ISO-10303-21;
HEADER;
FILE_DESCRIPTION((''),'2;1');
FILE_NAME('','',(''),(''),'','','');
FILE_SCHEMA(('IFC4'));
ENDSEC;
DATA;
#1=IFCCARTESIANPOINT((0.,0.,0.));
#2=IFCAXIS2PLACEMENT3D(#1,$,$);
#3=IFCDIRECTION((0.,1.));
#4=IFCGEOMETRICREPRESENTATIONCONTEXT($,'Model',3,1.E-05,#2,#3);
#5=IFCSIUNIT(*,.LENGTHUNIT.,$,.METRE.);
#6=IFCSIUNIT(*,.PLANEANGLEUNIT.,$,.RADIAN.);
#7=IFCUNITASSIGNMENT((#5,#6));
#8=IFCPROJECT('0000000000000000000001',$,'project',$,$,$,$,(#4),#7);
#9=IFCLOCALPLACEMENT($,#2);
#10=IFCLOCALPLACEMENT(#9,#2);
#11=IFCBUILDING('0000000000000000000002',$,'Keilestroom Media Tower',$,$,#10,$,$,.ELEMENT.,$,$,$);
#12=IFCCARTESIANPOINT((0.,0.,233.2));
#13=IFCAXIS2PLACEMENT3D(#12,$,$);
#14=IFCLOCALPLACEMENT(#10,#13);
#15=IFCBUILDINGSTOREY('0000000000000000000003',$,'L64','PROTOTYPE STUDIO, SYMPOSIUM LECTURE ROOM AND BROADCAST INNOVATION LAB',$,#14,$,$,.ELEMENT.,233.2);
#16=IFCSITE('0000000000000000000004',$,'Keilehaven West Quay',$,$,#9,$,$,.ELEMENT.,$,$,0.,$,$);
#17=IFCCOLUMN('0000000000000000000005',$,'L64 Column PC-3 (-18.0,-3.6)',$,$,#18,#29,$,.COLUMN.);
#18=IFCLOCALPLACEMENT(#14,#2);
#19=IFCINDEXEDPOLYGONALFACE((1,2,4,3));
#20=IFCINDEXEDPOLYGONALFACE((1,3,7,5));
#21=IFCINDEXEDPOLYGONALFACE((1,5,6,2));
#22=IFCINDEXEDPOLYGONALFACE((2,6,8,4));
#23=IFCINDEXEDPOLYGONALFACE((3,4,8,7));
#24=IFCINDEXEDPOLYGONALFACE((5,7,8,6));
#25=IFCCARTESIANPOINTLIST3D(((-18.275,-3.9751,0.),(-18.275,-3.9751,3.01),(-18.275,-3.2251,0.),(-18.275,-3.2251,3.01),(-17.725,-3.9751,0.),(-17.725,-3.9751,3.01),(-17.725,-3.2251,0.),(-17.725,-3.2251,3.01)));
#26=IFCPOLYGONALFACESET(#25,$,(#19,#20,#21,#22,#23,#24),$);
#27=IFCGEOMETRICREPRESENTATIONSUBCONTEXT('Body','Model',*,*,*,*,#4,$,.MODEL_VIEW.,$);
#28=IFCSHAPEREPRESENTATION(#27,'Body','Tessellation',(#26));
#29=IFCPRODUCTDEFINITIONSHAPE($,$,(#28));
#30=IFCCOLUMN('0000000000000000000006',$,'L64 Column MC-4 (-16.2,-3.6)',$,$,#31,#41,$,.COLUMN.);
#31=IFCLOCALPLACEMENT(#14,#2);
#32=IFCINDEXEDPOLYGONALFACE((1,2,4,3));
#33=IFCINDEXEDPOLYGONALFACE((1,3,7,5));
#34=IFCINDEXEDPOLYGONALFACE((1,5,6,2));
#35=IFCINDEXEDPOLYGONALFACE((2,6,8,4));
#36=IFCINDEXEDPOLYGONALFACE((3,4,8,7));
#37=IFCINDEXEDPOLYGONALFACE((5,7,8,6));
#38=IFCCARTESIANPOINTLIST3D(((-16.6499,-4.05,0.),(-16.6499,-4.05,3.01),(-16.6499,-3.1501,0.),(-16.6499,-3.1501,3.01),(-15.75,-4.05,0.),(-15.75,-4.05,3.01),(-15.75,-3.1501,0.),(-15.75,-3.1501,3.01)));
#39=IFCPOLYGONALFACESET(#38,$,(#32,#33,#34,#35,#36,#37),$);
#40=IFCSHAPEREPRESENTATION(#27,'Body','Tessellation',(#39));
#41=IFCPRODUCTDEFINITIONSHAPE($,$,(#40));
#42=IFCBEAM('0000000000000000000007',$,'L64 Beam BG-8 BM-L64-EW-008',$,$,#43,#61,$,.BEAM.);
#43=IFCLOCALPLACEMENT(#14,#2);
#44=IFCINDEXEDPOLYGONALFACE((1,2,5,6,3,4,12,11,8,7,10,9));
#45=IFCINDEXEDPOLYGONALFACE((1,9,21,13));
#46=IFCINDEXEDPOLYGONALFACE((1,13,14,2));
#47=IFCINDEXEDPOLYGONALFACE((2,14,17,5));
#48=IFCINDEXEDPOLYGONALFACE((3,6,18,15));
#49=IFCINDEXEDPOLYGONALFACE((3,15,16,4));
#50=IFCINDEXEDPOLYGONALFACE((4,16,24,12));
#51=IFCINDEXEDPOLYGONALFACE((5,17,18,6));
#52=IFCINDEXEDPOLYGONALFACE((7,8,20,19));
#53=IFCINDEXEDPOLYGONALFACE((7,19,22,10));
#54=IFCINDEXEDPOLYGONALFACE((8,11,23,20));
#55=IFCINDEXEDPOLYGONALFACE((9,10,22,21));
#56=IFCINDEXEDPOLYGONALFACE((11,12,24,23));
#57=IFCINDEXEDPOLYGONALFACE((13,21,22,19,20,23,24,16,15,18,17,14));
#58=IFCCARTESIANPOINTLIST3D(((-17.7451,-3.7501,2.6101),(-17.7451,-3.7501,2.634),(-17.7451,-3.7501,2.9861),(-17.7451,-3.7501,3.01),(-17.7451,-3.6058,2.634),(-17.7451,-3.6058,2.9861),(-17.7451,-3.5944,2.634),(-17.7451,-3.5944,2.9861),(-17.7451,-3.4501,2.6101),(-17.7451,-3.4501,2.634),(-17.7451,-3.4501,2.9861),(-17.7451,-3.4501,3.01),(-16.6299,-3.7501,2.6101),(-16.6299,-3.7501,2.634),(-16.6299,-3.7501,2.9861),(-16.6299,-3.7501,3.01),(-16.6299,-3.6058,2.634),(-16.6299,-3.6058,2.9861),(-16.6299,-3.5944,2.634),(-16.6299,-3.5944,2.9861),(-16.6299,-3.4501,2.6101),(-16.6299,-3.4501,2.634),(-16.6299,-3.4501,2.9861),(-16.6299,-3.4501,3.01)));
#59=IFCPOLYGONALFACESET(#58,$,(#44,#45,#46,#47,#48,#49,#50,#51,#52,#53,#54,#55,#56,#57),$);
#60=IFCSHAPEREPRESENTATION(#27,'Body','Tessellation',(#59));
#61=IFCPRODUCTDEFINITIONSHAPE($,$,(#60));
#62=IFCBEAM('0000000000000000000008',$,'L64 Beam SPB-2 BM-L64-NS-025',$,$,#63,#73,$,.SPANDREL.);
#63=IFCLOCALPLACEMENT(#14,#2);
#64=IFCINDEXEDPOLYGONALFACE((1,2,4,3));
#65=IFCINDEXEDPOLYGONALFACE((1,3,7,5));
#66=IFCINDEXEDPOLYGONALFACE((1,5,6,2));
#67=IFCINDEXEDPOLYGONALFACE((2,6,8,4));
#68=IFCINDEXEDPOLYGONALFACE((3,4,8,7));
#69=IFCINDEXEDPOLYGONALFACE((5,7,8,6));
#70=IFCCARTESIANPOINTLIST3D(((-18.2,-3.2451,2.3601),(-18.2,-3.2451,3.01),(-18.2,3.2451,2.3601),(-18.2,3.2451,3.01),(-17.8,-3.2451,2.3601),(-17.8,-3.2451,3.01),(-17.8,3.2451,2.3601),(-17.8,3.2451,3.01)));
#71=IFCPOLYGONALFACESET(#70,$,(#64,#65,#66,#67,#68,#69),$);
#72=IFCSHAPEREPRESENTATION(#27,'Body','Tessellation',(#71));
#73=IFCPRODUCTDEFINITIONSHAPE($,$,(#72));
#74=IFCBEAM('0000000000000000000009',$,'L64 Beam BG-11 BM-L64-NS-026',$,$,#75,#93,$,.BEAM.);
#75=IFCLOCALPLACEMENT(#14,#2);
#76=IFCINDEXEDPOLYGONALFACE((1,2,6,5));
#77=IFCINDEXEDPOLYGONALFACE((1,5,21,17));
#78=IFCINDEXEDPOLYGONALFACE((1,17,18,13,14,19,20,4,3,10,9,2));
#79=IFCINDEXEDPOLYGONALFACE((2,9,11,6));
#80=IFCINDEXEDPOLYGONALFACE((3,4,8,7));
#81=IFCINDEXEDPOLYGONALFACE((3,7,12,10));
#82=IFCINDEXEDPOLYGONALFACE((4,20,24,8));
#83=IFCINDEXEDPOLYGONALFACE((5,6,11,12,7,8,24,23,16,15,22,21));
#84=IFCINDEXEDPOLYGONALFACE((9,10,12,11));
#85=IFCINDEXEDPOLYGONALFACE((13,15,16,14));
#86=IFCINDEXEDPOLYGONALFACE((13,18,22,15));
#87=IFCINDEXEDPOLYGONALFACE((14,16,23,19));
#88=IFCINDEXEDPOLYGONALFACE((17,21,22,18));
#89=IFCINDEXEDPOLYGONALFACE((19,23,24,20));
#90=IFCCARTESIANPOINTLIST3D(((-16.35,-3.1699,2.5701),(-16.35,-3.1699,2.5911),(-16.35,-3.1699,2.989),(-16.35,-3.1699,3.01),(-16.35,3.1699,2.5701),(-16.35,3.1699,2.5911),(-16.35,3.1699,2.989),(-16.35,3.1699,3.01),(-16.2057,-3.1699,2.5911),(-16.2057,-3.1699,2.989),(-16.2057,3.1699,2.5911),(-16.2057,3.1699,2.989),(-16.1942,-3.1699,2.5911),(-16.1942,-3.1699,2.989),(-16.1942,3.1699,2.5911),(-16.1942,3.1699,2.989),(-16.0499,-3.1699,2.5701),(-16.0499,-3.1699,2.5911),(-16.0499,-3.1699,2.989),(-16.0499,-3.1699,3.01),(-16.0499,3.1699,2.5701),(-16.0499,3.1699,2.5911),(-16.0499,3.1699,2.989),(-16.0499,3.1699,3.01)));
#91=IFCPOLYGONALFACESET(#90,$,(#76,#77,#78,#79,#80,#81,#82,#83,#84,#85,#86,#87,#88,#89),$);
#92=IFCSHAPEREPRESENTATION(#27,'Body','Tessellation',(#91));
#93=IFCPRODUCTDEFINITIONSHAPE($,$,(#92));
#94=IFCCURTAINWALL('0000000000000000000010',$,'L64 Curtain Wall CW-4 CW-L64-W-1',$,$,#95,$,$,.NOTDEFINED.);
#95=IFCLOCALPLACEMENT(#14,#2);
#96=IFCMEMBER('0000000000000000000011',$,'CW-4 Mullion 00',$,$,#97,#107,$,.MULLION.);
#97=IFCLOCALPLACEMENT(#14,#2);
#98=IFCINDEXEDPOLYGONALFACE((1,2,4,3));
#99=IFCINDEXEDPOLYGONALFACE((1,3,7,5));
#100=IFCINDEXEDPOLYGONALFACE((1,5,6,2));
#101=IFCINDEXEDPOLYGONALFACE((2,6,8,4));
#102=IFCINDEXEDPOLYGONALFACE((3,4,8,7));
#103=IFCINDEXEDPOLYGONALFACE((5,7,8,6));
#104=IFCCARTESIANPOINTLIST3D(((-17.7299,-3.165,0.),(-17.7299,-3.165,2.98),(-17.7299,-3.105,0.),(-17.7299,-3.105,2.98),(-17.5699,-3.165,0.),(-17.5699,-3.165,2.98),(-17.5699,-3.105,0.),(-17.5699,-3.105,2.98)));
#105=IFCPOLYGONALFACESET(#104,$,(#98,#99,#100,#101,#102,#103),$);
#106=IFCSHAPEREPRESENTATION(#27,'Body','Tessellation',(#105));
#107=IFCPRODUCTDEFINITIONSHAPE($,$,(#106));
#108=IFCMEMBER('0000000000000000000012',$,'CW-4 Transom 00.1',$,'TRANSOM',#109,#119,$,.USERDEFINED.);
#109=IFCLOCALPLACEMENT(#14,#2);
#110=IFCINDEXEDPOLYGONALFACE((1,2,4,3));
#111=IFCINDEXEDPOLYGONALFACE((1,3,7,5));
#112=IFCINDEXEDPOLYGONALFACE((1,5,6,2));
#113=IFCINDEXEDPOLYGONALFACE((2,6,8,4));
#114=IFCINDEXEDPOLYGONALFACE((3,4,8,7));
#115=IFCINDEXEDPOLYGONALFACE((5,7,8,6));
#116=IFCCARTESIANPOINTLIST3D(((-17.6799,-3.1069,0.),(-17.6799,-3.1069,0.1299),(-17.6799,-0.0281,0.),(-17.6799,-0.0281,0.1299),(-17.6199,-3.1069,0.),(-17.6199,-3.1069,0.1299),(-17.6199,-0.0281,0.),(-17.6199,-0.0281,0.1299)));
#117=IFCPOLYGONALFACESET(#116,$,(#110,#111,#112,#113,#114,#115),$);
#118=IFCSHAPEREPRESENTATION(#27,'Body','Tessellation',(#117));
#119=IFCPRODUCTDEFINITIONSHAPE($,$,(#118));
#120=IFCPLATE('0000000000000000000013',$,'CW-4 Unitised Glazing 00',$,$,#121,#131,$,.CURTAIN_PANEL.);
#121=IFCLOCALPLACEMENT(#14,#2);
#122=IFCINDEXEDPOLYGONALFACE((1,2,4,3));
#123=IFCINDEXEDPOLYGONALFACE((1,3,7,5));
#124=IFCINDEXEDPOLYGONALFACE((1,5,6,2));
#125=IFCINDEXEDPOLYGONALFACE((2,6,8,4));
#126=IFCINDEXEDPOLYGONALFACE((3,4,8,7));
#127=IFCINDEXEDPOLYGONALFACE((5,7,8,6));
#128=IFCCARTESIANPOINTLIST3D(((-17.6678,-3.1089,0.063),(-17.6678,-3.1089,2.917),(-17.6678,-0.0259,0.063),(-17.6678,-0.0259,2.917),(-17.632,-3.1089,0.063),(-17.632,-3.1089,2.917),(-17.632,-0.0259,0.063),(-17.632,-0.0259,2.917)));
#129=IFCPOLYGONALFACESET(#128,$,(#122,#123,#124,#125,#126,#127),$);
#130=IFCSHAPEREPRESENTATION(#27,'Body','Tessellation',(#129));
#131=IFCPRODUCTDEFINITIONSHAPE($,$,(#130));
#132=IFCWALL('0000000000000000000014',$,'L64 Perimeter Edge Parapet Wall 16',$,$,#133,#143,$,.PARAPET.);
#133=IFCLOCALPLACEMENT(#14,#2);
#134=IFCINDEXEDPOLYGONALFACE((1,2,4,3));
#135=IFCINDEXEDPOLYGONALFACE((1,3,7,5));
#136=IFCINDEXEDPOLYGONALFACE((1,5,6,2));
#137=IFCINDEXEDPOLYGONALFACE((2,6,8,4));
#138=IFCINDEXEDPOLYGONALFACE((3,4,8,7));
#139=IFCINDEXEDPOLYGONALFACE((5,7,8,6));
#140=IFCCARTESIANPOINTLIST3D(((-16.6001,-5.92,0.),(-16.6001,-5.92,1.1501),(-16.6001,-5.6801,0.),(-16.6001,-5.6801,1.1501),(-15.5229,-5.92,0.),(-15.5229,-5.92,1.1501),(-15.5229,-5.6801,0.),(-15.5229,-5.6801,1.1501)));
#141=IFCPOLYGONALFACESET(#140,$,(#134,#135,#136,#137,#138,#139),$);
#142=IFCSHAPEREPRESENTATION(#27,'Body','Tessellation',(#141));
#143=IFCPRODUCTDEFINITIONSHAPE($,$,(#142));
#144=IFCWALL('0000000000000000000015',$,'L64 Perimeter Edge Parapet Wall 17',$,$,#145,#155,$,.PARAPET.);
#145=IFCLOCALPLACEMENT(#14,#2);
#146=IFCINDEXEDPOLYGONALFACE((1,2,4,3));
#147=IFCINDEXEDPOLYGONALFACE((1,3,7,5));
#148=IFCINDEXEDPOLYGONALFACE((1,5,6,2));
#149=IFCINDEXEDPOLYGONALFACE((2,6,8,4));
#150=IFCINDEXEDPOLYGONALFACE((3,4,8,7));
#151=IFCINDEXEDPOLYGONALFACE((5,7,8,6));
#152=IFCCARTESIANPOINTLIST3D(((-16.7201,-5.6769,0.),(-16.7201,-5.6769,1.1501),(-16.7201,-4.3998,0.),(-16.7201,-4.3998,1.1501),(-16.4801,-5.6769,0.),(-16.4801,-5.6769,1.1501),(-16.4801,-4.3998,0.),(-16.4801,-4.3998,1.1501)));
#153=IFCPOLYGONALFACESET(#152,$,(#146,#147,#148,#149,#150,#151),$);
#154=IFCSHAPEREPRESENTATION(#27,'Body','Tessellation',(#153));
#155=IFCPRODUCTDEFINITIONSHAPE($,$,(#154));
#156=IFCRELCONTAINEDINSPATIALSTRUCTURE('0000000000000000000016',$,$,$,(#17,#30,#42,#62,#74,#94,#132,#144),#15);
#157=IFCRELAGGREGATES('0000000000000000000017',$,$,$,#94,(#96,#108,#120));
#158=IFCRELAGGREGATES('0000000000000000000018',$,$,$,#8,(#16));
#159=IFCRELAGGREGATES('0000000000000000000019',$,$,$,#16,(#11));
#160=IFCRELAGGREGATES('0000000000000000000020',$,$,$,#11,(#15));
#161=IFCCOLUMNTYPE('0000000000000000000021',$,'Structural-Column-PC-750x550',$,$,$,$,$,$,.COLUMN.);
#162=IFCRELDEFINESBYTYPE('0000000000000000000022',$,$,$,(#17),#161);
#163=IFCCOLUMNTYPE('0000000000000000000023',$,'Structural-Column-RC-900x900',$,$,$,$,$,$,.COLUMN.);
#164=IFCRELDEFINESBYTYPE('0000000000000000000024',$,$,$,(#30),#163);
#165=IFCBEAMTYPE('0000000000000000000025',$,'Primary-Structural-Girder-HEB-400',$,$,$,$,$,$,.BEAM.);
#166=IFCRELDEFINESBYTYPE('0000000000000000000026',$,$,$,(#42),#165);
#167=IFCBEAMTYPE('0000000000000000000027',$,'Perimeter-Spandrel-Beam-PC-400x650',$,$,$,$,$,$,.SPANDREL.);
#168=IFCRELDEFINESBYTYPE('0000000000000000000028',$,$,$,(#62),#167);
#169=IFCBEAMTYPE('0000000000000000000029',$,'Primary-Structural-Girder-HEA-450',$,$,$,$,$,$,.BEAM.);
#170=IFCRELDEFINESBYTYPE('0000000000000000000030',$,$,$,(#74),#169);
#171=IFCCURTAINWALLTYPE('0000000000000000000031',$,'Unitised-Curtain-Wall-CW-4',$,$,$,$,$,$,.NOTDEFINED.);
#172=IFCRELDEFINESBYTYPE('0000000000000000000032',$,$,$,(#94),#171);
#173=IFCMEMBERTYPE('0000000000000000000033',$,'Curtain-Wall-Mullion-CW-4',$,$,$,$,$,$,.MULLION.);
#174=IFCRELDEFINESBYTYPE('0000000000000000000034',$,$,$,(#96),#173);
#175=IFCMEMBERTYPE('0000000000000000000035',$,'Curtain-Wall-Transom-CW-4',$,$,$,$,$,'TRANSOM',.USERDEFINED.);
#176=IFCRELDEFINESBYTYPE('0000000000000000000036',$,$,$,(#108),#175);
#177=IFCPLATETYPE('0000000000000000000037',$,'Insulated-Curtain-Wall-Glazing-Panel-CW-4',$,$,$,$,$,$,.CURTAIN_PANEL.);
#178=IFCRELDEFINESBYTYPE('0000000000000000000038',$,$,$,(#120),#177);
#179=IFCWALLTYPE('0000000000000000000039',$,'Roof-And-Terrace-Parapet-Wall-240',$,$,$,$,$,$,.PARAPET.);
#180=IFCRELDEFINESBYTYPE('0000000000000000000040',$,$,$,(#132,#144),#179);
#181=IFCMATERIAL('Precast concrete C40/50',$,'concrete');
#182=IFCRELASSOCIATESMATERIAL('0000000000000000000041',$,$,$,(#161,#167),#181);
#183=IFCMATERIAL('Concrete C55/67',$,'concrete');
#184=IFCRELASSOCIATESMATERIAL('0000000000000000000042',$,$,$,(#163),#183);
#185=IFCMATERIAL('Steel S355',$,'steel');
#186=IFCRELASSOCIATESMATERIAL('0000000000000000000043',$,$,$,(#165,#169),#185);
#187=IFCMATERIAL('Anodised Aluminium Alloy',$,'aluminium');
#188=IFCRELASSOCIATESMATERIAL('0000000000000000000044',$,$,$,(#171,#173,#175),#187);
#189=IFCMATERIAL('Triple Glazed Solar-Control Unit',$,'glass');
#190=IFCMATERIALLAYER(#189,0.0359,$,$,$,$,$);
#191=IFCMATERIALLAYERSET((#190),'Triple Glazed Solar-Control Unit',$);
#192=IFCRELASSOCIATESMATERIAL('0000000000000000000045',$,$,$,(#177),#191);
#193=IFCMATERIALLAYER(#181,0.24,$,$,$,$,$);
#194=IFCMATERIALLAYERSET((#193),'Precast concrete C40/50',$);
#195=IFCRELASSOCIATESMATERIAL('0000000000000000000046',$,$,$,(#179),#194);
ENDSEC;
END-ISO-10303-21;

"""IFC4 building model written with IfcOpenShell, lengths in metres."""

from ifc_helpers import new_model, si_unit, direction, frame, frame_2d, origin, origin_2d, place, context, subcontext, project, spatial, rectangle, i_section, extrude, source, transform, mapped, material, layer, layer_set, material_profile, profile_set, type_object, element, aggregate, save


model = new_model("IFC4")

# Units and contexts
model_context = context("Model", 3, precision=1e-05, world=origin(), true_north=direction((0.0, 1.0)))
body_context = subcontext(model_context, "Body", "Model", "MODEL_VIEW")
ifc_project = project(units=[si_unit("LENGTHUNIT", "METRE"), si_unit("PLANEANGLEUNIT", "RADIAN")], contexts=[model_context])

# Site, building, storey
site_placement = place(None, origin())
site = spatial("IfcSite", under=ifc_project, at=site_placement, Name="Keilehaven West Quay", CompositionType="ELEMENT", RefElevation=0.0)
building_placement = place(site_placement, origin())
building = spatial("IfcBuilding", under=site, at=building_placement, Name="Keilestroom Media Tower", CompositionType="ELEMENT")
storey_placement = place(building_placement, frame((0.0, 0.0, 233.2)))
storey = spatial("IfcBuildingStorey", under=building, at=storey_placement, Name="L64", Description="PROTOTYPE STUDIO, SYMPOSIUM LECTURE ROOM AND BROADCAST INNOVATION LAB", CompositionType="ELEMENT", Elevation=233.2)

# Columns
ifc_material_1 = material(Name="Precast concrete C40/50", Category="concrete")
ifc_material_profile_1 = material_profile(ifc_material_1, rectangle(XDim=0.55, YDim=0.75, at=origin_2d()), Name="PC 750x550")
ifc_profile_set_1 = profile_set([ifc_material_profile_1], Name="Precast concrete C40/50")
column_type_1 = type_object("IfcColumnType", Name="Structural-Column-PC-750x550", PredefinedType="COLUMN", material=ifc_profile_set_1)
shared_shape_1 = source(origin(), body_context, "Body", "SweptSolid", [
    extrude(rectangle(XDim=0.55, YDim=0.75, at=origin_2d()), origin(), (0.0, 0.0, 1.0), 3.01),
])
column_1_placement = place(storey_placement, frame((-18.0, -3.6001, 0.0), z_axis=(0.0, 0.0, 1.0), x_axis=(1.0, 0.0, 0.0)))
element("IfcColumn", 1, at=column_1_placement, inside=storey, type_object=column_type_1, Name="L64 Column PC-3 (-18.0,-3.6)", PredefinedType="COLUMN", context=body_context, shape_type="MappedRepresentation", body=[
    mapped(shared_shape_1, transform((0.0, 0.0, 0.0), x_axis=(1.0, 0.0, 0.0), y_axis=(0.0, 1.0, 0.0), z_axis=(0.0, 0.0, 1.0), scale=1.0)),
])
ifc_material_2 = material(Name="Concrete C55/67", Category="concrete")
ifc_material_profile_2 = material_profile(ifc_material_2, rectangle(XDim=0.8999, YDim=0.8999, at=origin_2d()), Name="RC 900x900")
ifc_profile_set_2 = profile_set([ifc_material_profile_2], Name="Concrete C55/67")
column_type_2 = type_object("IfcColumnType", Name="Structural-Column-RC-900x900", PredefinedType="COLUMN", material=ifc_profile_set_2)
shared_shape_2 = source(origin(), body_context, "Body", "SweptSolid", [
    extrude(rectangle(XDim=0.8999, YDim=0.8999, at=origin_2d()), origin(), (0.0, 0.0, 1.0), 3.01),
])
column_2_placement = place(storey_placement, frame((-16.2, -3.6001, 0.0), z_axis=(0.0, 0.0, 1.0), x_axis=(1.0, 0.0, 0.0)))
element("IfcColumn", 2, at=column_2_placement, inside=storey, type_object=column_type_2, Name="L64 Column MC-4 (-16.2,-3.6)", PredefinedType="COLUMN", context=body_context, shape_type="MappedRepresentation", body=[
    mapped(shared_shape_2, transform((0.0, 0.0, 0.0), x_axis=(1.0, 0.0, 0.0), y_axis=(0.0, 1.0, 0.0), z_axis=(0.0, 0.0, 1.0), scale=1.0)),
])

# Beams
ifc_material_3 = material(Name="Steel S355", Category="steel")
ifc_material_profile_3 = material_profile(ifc_material_3, i_section(OverallWidth=0.3, OverallDepth=0.3999, WebThickness=0.0115, FlangeThickness=0.0239, at=origin_2d()), Name="HEB 400")
ifc_profile_set_3 = profile_set([ifc_material_profile_3], Name="Steel S355")
beam_type_1 = type_object("IfcBeamType", Name="Primary-Structural-Girder-HEB-400", PredefinedType="BEAM", material=ifc_profile_set_3)
shared_shape_3 = source(origin(), body_context, "Body", "SweptSolid", [
    extrude(i_section(OverallWidth=0.3, OverallDepth=0.3999, WebThickness=0.0115, FlangeThickness=0.0239, at=origin_2d()), origin(), (0.0, 0.0, 1.0), 1.1152),
])
beam_1_placement = place(storey_placement, frame((-17.7451, -3.6001, 2.8101), z_axis=(1.0, 0.0, 0.0), x_axis=(0.0, 1.0, 0.0)))
element("IfcBeam", 3, at=beam_1_placement, inside=storey, type_object=beam_type_1, Name="L64 Beam BG-8 BM-L64-EW-008", PredefinedType="BEAM", context=body_context, shape_type="MappedRepresentation", body=[
    mapped(shared_shape_3, transform((0.0, 0.0, 0.0), x_axis=(1.0, 0.0, 0.0), y_axis=(0.0, 1.0, 0.0), z_axis=(0.0, 0.0, 1.0), scale=1.0)),
])
ifc_material_profile_4 = material_profile(ifc_material_1, rectangle(XDim=0.3999, YDim=0.6499, at=origin_2d()), Name="PC 400x650")
ifc_profile_set_4 = profile_set([ifc_material_profile_4], Name="Precast concrete C40/50")
beam_type_2 = type_object("IfcBeamType", Name="Perimeter-Spandrel-Beam-PC-400x650", PredefinedType="SPANDREL", material=ifc_profile_set_4)
shared_shape_4 = source(origin(), body_context, "Body", "SweptSolid", [
    extrude(rectangle(XDim=0.3999, YDim=0.6499, at=origin_2d()), origin(), (0.0, 0.0, 1.0), 6.4902),
])
beam_2_placement = place(storey_placement, frame((-18.0, -3.2451, 2.6851), z_axis=(0.0, 1.0, 0.0), x_axis=(-1.0, 0.0, 0.0)))
element("IfcBeam", 4, at=beam_2_placement, inside=storey, type_object=beam_type_2, Name="L64 Beam SPB-2 BM-L64-NS-025", PredefinedType="SPANDREL", context=body_context, shape_type="MappedRepresentation", body=[
    mapped(shared_shape_4, transform((0.0, 0.0, 0.0), x_axis=(1.0, 0.0, 0.0), y_axis=(0.0, 1.0, 0.0), z_axis=(0.0, 0.0, 1.0), scale=1.0)),
])
ifc_material_profile_5 = material_profile(ifc_material_3, i_section(OverallWidth=0.3, OverallDepth=0.4399, WebThickness=0.0115, FlangeThickness=0.021, at=origin_2d()), Name="HEA 450")
ifc_profile_set_5 = profile_set([ifc_material_profile_5], Name="Steel S355")
beam_type_3 = type_object("IfcBeamType", Name="Primary-Structural-Girder-HEA-450", PredefinedType="BEAM", material=ifc_profile_set_5)
shared_shape_5 = source(origin(), body_context, "Body", "SweptSolid", [
    extrude(i_section(OverallWidth=0.3, OverallDepth=0.4399, WebThickness=0.0115, FlangeThickness=0.021, at=origin_2d()), origin(), (0.0, 0.0, 1.0), 6.3398),
])
beam_3_placement = place(storey_placement, frame((-16.2, -3.1699, 2.79), z_axis=(0.0, 1.0, 0.0), x_axis=(-1.0, 0.0, 0.0)))
element("IfcBeam", 5, at=beam_3_placement, inside=storey, type_object=beam_type_3, Name="L64 Beam BG-11 BM-L64-NS-026", PredefinedType="BEAM", context=body_context, shape_type="MappedRepresentation", body=[
    mapped(shared_shape_5, transform((0.0, 0.0, 0.0), x_axis=(1.0, 0.0, 0.0), y_axis=(0.0, 1.0, 0.0), z_axis=(0.0, 0.0, 1.0), scale=1.0)),
])

# Curtain wall, members, plate
ifc_material_4 = material(Name="Anodised Aluminium Alloy", Category="aluminium")
curtain_wall_type = type_object("IfcCurtainWallType", Name="Unitised-Curtain-Wall-CW-4", PredefinedType="NOTDEFINED", material=ifc_material_4)
curtain_wall_placement = place(storey_placement, origin())
curtain_wall = element("IfcCurtainWall", 6, at=curtain_wall_placement, inside=storey, type_object=curtain_wall_type, Name="L64 Curtain Wall CW-4 CW-L64-W-1", PredefinedType="NOTDEFINED")
ifc_material_profile_6 = material_profile(ifc_material_4, rectangle(XDim=0.0601, YDim=0.1599, at=origin_2d()), Name="ALU MULLION 60x160")
ifc_profile_set_6 = profile_set([ifc_material_profile_6], Name="Anodised Aluminium Alloy")
member_type_1 = type_object("IfcMemberType", Name="Curtain-Wall-Mullion-CW-4", PredefinedType="MULLION", material=ifc_profile_set_6)
shared_shape_6 = source(origin(), body_context, "Body", "SweptSolid", [
    extrude(rectangle(XDim=0.0601, YDim=0.1599, at=origin_2d()), origin(), (0.0, 0.0, 1.0), 2.98),
])
member_1_placement = place(storey_placement, frame((-17.6499, -3.135, 0.0), z_axis=(0.0, 0.0, 1.0), x_axis=(0.0, 1.0, 0.0)))
member_1 = element("IfcMember", 7, at=member_1_placement, type_object=member_type_1, Name="CW-4 Mullion 00", PredefinedType="MULLION", context=body_context, shape_type="MappedRepresentation", body=[
    mapped(shared_shape_6, transform((0.0, 0.0, 0.0), x_axis=(1.0, 0.0, 0.0), y_axis=(0.0, 1.0, 0.0), z_axis=(0.0, 0.0, 1.0), scale=1.0)),
])
ifc_material_profile_7 = material_profile(ifc_material_4, rectangle(XDim=0.0601, YDim=0.1299, at=origin_2d()), Name="ALU TRANSOM 60x130")
ifc_profile_set_7 = profile_set([ifc_material_profile_7], Name="Anodised Aluminium Alloy")
member_type_2 = type_object("IfcMemberType", Name="Curtain-Wall-Transom-CW-4", ElementType="TRANSOM", PredefinedType="USERDEFINED", material=ifc_profile_set_7)
shared_shape_7 = source(origin(), body_context, "Body", "SweptSolid", [
    extrude(rectangle(XDim=0.0601, YDim=0.1299, at=origin_2d()), origin(), (0.0, 0.0, 1.0), 3.0789),
])
member_2_placement = place(storey_placement, frame((-17.6499, -3.1069, 0.0649), z_axis=(0.0, 1.0, 0.0), x_axis=(-1.0, 0.0, 0.0)))
member_2 = element("IfcMember", 8, at=member_2_placement, type_object=member_type_2, Name="CW-4 Transom 00.1", ObjectType="TRANSOM", PredefinedType="USERDEFINED", context=body_context, shape_type="MappedRepresentation", body=[
    mapped(shared_shape_7, transform((0.0, 0.0, 0.0), x_axis=(1.0, 0.0, 0.0), y_axis=(0.0, 1.0, 0.0), z_axis=(0.0, 0.0, 1.0), scale=1.0)),
])
ifc_material_5 = material(Name="Triple Glazed Solar-Control Unit", Category="glass")
ifc_layer_1 = layer(ifc_material_5, 0.0359)
ifc_layer_set_1 = layer_set([ifc_layer_1], Name="Triple Glazed Solar-Control Unit")
plate_type = type_object("IfcPlateType", Name="Insulated-Curtain-Wall-Glazing-Panel-CW-4", PredefinedType="CURTAIN_PANEL", material=ifc_layer_set_1)
shared_shape_8 = source(origin(), body_context, "Body", "SweptSolid", [
    extrude(rectangle(XDim=3.083, YDim=0.0359, at=origin_2d()), origin(), (0.0, 0.0, 1.0), 2.854),
])
plate_placement = place(storey_placement, frame((-17.6499, -1.5674, 0.063), z_axis=(0.0, 0.0, 1.0), x_axis=(0.0, 1.0, 0.0)))
plate = element("IfcPlate", 9, at=plate_placement, type_object=plate_type, Name="CW-4 Unitised Glazing 00", PredefinedType="CURTAIN_PANEL", context=body_context, shape_type="MappedRepresentation", body=[
    mapped(shared_shape_8, transform((0.0, 0.0, 0.0), x_axis=(1.0, 0.0, 0.0), y_axis=(0.0, 1.0, 0.0), z_axis=(0.0, 0.0, 1.0), scale=1.0)),
])
aggregate(curtain_wall, [member_1, member_2, plate])

# Walls
ifc_layer_2 = layer(ifc_material_1, 0.24)
ifc_layer_set_2 = layer_set([ifc_layer_2], Name="Precast concrete C40/50")
wall_type = type_object("IfcWallType", Name="Roof-And-Terrace-Parapet-Wall-240", PredefinedType="PARAPET", material=ifc_layer_set_2)
wall_1_placement = place(storey_placement, frame((-15.5229, -5.8, 0.0), z_axis=(0.0, 0.0, 1.0), x_axis=(-1.0, 0.0, 0.0)))
element("IfcWall", 10, at=wall_1_placement, inside=storey, type_object=wall_type, Name="L64 Perimeter Edge Parapet Wall 16", PredefinedType="PARAPET", context=body_context, shape_type="SweptSolid", body=[
    extrude(rectangle(XDim=1.0771, YDim=0.24, at=frame_2d((0.5386, 0.0))), origin(), (0.0, 0.0, 1.0), 1.1501),
])
wall_2_placement = place(storey_placement, frame((-16.6001, -5.677, 0.0), z_axis=(0.0, 0.0, 1.0), x_axis=(0.0, 1.0, 0.0)))
element("IfcWall", 11, at=wall_2_placement, inside=storey, type_object=wall_type, Name="L64 Perimeter Edge Parapet Wall 17", PredefinedType="PARAPET", context=body_context, shape_type="SweptSolid", body=[
    extrude(rectangle(XDim=1.2771, YDim=0.24, at=frame_2d((0.6387, 0.0))), origin(), (0.0, 0.0, 1.0), 1.1501),
])

save(model, "model.ifc")
